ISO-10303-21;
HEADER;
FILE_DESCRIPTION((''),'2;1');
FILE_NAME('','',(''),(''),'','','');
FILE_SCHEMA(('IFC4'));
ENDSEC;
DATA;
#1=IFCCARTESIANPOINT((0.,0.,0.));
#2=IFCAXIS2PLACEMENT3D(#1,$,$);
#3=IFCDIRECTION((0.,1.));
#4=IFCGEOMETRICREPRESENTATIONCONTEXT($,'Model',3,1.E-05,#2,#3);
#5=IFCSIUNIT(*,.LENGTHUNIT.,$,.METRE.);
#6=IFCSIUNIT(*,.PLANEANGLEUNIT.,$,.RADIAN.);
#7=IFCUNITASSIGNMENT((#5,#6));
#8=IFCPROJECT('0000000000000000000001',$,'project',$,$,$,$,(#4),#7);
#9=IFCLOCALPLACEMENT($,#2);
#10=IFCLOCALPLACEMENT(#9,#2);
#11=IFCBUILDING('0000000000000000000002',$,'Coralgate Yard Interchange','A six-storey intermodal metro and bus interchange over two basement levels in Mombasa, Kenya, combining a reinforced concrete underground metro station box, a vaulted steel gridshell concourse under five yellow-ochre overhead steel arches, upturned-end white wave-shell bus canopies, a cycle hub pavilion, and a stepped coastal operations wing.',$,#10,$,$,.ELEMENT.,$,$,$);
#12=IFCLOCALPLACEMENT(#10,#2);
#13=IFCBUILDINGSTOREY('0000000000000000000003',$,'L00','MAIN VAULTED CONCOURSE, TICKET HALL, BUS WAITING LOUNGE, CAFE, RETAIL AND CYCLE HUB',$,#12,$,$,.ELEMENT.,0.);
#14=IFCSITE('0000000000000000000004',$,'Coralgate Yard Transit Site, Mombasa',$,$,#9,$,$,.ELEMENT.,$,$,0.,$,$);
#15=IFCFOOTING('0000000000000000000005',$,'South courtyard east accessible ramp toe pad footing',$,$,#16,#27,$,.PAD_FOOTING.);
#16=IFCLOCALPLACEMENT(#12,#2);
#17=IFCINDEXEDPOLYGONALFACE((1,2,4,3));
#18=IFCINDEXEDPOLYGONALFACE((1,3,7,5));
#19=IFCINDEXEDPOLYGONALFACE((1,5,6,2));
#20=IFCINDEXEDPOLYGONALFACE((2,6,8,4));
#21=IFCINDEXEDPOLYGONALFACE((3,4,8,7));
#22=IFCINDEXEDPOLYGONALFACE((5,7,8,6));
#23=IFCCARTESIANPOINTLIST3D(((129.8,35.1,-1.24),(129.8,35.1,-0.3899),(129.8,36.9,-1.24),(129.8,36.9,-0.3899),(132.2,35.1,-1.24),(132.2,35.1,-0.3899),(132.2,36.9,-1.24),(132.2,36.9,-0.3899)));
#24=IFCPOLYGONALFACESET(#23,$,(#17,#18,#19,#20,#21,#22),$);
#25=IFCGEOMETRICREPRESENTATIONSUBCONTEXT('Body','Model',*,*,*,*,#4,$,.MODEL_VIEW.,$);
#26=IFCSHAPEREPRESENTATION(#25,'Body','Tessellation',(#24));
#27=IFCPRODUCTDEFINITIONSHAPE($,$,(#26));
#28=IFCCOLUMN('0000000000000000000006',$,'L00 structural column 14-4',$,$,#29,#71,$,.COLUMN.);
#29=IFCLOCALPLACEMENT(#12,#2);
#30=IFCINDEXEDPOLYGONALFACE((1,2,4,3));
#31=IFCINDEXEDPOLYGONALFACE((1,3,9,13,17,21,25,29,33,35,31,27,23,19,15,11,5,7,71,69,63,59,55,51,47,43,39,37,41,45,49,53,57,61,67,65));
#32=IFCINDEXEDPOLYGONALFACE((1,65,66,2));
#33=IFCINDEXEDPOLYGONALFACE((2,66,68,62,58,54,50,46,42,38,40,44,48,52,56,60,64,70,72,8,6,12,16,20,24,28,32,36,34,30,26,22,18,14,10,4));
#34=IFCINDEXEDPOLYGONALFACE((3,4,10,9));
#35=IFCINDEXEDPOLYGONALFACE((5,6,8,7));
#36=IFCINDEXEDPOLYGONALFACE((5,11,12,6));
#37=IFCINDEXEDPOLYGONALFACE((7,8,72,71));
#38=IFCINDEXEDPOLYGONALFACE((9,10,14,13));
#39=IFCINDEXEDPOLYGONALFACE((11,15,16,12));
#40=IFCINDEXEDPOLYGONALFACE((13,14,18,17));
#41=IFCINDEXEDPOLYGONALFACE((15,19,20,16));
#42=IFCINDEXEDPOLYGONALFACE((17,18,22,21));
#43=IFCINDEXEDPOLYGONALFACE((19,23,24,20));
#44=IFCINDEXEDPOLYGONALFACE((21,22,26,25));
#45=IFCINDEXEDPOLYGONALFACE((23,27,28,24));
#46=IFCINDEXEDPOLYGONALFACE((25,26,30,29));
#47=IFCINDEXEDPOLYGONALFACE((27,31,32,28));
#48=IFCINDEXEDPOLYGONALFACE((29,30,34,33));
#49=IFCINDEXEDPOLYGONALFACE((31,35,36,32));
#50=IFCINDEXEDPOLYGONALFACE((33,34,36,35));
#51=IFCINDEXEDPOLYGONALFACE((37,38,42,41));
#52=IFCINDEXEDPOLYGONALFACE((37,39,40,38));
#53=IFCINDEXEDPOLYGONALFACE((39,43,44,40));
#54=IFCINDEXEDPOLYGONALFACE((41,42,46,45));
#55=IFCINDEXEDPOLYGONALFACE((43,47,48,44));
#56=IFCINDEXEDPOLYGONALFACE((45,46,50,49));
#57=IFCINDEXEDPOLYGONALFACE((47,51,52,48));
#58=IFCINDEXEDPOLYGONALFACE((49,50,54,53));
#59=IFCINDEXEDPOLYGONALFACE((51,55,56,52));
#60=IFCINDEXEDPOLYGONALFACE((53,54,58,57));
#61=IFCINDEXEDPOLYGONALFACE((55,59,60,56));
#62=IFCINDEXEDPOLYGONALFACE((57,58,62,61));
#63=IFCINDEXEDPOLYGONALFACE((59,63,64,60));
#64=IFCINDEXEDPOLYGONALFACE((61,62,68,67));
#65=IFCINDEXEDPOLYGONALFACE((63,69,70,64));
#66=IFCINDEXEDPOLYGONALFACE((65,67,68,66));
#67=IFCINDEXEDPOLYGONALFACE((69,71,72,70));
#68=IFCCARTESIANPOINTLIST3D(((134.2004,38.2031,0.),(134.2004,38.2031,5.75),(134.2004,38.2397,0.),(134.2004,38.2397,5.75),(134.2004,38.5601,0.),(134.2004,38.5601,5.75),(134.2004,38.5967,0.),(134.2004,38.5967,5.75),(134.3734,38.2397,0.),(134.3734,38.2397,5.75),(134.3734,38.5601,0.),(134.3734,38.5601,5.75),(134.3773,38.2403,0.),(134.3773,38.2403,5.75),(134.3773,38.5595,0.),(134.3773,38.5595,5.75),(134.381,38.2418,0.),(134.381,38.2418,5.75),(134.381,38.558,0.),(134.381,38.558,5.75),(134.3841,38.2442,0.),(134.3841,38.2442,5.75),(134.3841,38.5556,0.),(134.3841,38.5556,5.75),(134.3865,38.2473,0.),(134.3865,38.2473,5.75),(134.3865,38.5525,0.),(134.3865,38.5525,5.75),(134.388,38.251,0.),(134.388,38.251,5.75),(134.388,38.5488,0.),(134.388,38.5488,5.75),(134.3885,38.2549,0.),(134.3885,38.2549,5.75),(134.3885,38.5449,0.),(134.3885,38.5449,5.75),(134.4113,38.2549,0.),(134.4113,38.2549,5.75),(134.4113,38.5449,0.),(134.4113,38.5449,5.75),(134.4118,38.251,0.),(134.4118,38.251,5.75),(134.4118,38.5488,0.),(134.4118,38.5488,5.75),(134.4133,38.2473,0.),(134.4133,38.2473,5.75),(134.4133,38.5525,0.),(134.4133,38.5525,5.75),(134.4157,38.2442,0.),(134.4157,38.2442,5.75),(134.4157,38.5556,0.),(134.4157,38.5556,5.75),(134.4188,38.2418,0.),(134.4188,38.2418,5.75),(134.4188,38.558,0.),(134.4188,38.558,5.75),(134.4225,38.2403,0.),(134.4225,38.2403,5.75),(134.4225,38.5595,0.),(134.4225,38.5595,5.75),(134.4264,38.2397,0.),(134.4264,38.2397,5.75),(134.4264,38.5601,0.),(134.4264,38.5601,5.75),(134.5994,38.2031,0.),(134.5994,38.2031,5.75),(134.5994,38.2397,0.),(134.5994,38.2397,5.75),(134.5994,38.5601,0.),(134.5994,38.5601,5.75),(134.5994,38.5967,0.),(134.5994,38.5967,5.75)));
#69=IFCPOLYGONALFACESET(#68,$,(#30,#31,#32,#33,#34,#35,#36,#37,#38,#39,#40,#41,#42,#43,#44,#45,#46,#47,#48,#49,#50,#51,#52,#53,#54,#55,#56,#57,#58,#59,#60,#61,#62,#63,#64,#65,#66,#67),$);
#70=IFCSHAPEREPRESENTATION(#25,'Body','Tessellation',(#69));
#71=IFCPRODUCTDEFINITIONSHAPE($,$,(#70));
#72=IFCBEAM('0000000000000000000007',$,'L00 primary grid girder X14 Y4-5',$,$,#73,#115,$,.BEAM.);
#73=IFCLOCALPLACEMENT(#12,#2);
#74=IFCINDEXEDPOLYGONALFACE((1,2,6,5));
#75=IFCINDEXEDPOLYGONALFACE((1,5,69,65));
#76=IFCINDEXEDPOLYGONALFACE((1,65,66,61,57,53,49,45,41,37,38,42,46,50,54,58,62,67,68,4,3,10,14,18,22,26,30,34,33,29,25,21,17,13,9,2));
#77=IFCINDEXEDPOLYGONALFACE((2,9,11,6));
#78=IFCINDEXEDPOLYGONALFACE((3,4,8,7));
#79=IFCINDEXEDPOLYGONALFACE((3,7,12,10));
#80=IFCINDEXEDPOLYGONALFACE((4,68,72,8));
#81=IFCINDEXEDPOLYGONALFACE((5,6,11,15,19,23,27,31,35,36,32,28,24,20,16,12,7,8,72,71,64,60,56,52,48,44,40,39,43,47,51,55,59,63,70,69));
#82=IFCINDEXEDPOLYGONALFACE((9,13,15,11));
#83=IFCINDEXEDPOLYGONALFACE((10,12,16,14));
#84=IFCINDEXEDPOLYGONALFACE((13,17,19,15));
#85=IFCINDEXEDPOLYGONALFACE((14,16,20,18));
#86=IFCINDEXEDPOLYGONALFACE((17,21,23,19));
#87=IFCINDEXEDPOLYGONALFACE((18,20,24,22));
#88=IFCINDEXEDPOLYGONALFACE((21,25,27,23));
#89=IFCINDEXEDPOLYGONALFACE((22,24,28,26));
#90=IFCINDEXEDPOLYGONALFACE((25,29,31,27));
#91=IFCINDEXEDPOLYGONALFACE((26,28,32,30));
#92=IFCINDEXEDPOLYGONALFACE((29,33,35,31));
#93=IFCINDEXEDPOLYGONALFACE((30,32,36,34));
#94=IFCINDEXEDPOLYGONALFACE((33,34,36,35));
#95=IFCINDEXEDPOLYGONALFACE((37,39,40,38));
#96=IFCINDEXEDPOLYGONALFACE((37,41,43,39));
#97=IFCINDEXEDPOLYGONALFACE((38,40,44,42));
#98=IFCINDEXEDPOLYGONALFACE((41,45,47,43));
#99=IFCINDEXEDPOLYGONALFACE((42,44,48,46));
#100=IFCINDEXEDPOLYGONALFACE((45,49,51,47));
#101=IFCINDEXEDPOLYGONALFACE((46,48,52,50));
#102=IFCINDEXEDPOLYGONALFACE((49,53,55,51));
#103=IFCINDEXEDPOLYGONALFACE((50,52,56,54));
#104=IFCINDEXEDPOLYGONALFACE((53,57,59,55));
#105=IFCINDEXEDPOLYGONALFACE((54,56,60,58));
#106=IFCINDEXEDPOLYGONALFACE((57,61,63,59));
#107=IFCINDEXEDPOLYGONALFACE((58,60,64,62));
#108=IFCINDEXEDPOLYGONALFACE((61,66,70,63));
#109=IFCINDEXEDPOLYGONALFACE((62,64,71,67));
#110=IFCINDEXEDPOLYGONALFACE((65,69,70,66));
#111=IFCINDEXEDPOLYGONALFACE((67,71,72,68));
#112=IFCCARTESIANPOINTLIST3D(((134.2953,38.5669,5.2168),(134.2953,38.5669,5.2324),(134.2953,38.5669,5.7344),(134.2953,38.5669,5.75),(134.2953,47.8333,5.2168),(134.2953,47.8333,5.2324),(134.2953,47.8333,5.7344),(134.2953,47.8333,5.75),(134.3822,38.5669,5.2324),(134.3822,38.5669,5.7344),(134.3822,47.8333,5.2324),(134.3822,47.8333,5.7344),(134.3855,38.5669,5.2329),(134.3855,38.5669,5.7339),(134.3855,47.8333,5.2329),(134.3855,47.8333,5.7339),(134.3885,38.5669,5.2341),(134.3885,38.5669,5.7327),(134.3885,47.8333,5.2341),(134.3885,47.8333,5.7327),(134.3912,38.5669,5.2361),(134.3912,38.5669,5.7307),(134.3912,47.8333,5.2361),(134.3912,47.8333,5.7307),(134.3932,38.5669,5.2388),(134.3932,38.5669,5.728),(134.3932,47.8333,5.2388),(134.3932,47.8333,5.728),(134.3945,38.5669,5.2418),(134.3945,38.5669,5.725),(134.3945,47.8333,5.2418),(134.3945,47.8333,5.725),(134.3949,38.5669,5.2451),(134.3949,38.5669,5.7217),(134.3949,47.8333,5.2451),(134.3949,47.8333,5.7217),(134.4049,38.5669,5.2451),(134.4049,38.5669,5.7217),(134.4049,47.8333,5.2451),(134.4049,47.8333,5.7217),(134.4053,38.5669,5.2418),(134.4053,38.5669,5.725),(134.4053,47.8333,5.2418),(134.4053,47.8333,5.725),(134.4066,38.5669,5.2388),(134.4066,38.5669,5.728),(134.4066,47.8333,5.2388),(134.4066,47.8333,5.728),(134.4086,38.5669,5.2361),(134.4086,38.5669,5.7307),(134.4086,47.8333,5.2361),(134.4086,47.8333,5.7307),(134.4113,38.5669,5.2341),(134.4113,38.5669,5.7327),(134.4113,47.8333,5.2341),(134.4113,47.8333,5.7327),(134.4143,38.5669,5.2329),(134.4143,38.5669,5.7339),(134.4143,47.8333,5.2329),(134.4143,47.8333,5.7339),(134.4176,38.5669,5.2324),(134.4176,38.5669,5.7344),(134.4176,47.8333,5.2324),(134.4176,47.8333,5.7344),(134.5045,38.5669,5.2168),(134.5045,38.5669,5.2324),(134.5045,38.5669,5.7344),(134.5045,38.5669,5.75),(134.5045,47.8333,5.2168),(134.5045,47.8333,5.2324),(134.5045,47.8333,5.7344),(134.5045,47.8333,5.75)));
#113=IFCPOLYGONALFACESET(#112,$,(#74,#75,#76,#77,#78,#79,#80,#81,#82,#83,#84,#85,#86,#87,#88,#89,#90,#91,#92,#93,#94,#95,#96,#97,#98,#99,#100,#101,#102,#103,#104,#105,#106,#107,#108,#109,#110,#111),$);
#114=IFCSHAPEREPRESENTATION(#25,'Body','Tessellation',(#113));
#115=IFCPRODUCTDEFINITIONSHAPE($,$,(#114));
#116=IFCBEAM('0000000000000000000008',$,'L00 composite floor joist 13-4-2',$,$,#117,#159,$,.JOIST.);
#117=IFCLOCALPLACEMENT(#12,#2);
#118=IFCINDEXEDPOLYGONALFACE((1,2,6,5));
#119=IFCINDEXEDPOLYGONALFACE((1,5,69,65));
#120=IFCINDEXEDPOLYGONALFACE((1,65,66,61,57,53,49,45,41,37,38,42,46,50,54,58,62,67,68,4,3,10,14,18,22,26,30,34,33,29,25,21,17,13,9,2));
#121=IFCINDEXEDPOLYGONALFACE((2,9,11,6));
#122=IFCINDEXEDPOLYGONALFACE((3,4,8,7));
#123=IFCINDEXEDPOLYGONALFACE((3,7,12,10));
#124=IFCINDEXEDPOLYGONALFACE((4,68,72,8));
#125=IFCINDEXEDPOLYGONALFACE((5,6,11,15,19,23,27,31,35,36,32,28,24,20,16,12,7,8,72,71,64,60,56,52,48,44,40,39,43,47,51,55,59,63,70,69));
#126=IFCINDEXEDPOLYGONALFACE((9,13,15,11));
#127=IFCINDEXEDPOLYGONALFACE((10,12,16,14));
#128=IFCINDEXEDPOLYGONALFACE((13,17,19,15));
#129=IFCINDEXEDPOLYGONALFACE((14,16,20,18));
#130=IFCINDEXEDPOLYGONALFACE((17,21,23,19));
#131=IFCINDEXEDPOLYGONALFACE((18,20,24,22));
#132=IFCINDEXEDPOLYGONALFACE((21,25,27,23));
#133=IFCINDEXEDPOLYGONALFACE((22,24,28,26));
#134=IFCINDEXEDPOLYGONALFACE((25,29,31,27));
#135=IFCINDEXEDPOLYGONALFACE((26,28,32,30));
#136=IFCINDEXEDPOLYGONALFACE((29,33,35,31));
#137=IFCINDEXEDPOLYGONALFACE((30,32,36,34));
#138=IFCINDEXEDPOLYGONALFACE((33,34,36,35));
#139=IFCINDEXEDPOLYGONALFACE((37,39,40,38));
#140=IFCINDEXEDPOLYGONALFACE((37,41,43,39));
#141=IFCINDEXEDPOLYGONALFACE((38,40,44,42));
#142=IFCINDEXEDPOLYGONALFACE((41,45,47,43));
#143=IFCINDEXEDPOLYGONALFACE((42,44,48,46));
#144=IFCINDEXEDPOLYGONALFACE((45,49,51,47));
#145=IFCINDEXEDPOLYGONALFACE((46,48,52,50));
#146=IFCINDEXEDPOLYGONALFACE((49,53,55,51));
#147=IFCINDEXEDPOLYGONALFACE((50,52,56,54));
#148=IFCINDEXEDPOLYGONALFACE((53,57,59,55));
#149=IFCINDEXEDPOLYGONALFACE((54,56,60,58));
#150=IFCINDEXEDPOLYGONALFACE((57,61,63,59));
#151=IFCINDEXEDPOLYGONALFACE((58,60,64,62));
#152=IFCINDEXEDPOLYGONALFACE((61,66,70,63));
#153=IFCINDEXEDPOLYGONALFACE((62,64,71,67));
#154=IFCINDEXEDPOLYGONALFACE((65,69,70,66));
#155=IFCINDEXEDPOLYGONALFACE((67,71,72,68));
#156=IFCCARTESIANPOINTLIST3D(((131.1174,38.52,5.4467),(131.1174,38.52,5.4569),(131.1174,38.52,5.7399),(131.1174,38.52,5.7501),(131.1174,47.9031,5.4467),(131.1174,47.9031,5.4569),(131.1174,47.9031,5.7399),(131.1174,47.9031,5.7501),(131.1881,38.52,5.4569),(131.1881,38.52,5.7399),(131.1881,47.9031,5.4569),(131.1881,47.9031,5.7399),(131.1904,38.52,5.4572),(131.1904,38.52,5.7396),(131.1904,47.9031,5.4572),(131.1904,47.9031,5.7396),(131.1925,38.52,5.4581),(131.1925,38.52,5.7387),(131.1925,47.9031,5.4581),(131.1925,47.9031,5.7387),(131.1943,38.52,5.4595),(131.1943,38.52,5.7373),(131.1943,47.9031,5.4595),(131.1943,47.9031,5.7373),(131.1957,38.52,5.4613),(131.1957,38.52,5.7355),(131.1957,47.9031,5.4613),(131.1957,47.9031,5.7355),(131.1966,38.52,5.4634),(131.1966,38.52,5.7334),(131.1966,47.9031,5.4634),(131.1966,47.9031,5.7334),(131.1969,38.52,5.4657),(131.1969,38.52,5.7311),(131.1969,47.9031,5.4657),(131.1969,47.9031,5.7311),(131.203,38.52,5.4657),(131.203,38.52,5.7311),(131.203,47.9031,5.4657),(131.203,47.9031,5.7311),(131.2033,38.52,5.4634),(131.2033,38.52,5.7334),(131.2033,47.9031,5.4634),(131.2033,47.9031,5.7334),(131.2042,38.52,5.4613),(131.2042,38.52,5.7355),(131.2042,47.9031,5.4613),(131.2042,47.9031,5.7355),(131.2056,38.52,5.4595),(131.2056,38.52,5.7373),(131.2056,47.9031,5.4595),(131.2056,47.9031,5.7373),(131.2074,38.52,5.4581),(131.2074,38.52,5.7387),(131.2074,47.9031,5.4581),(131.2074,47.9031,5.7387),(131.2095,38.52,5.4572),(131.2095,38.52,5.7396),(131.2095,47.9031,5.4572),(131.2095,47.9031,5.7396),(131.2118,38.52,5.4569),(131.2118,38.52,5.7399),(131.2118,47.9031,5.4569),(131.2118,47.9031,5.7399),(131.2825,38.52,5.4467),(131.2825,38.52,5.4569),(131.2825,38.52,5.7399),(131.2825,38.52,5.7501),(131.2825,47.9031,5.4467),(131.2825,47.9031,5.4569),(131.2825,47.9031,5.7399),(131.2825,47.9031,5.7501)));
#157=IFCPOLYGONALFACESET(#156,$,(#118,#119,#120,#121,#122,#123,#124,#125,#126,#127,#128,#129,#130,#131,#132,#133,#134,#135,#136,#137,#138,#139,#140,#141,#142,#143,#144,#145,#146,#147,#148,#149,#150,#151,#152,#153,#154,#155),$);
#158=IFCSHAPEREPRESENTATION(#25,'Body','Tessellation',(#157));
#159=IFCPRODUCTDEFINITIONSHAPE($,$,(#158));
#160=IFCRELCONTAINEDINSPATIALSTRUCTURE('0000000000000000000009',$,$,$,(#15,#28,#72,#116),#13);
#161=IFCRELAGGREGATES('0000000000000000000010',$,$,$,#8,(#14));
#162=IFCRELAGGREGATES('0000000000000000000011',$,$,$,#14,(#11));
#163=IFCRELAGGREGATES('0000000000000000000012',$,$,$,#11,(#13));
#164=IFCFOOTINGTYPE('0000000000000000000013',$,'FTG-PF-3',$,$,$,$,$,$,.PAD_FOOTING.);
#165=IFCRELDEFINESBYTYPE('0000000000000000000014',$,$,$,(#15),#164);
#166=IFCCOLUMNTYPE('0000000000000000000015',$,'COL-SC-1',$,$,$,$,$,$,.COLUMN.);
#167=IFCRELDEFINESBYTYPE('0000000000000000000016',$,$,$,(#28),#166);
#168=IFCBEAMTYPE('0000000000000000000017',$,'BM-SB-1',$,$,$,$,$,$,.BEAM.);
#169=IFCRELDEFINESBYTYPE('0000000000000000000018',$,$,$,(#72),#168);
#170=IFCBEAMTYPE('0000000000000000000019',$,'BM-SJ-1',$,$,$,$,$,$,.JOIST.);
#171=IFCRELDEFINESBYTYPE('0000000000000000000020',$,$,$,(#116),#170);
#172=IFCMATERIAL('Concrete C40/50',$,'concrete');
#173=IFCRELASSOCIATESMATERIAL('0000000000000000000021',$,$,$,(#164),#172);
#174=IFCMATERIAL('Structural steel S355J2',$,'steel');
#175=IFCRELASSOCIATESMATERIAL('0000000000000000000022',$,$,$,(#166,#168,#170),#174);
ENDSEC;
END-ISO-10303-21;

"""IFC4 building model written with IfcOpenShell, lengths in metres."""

from ifc_helpers import new_model, si_unit, direction, frame, origin, origin_2d, place, context, subcontext, project, spatial, rectangle, i_section, extrude, material, material_profile, profile_set, type_object, element, save


model = new_model("IFC4")

# Units and contexts
model_context = context("Model", 3, precision=1e-05, world=origin(), true_north=direction((0.0, 1.0)))
body_context = subcontext(model_context, "Body", "Model", "MODEL_VIEW")
ifc_project = project(units=[si_unit("LENGTHUNIT", "METRE"), si_unit("PLANEANGLEUNIT", "RADIAN")], contexts=[model_context])

# Site, building, storey
site_placement = place(None, origin())
site = spatial("IfcSite", under=ifc_project, at=site_placement, Name="Coralgate Yard Transit Site, Mombasa", CompositionType="ELEMENT", RefElevation=0.0)
building_placement = place(site_placement, origin())
building = spatial("IfcBuilding", under=site, at=building_placement, Name="Coralgate Yard Interchange", Description="A six-storey intermodal metro and bus interchange over two basement levels in Mombasa, Kenya, combining a reinforced concrete underground metro station box, a vaulted steel gridshell concourse under five yellow-ochre overhead steel arches, upturned-end white wave-shell bus canopies, a cycle hub pavilion, and a stepped coastal operations wing.", CompositionType="ELEMENT")
storey_placement = place(building_placement, origin())
storey = spatial("IfcBuildingStorey", under=building, at=storey_placement, Name="L00", Description="MAIN VAULTED CONCOURSE, TICKET HALL, BUS WAITING LOUNGE, CAFE, RETAIL AND CYCLE HUB", CompositionType="ELEMENT", Elevation=0.0)

# Footing
ifc_material_1 = material(Name="Concrete C40/50", Category="concrete")
footing_type = type_object("IfcFootingType", Name="FTG-PF-3", PredefinedType="PAD_FOOTING", material=ifc_material_1)
footing_placement = place(storey_placement, frame((131.0, 36.0, -1.24), z_axis=(0.0, 0.0, 1.0), x_axis=(1.0, 0.0, 0.0)))
element("IfcFooting", 1, at=footing_placement, inside=storey, type_object=footing_type, Name="South courtyard east accessible ramp toe pad footing", PredefinedType="PAD_FOOTING", context=body_context, shape_type="SweptSolid", body=[
    extrude(rectangle(XDim=2.3999, YDim=1.8, at=origin_2d()), origin(), (0.0, 0.0, 1.0), 0.8501),
])

# Column
ifc_material_2 = material(Name="Structural steel S355J2", Category="steel")
ifc_material_profile_1 = material_profile(ifc_material_2, i_section(OverallWidth=0.3989, OverallDepth=0.3936, WebThickness=0.0227, FlangeThickness=0.0366, FilletRadius=0.0151, at=origin_2d()), Name="UC 356x406x287")
ifc_profile_set_1 = profile_set([ifc_material_profile_1], Name="Structural steel S355J2")
column_type = type_object("IfcColumnType", Name="COL-SC-1", PredefinedType="COLUMN", material=ifc_profile_set_1)
column_placement = place(storey_placement, frame((134.3999, 38.3999, 0.0), z_axis=(0.0, 0.0, 1.0), x_axis=(1.0, 0.0, 0.0)))
element("IfcColumn", 2, at=column_placement, inside=storey, type_object=column_type, Name="L00 structural column 14-4", PredefinedType="COLUMN", context=body_context, shape_type="SweptSolid", body=[
    extrude(i_section(OverallWidth=0.3989, OverallDepth=0.3936, WebThickness=0.0227, FlangeThickness=0.0366, FilletRadius=0.0151, at=origin_2d()), origin(), (0.0, 0.0, 1.0), 5.75),
])

# Beams
ifc_material_profile_2 = material_profile(ifc_material_2, i_section(OverallWidth=0.2092, OverallDepth=0.5332, WebThickness=0.01, FlangeThickness=0.0156, FilletRadius=0.0127, at=origin_2d()), Name="UB 533x210x92")
ifc_profile_set_2 = profile_set([ifc_material_profile_2], Name="Structural steel S355J2")
beam_type_1 = type_object("IfcBeamType", Name="BM-SB-1", PredefinedType="BEAM", material=ifc_profile_set_2)
beam_1_placement = place(storey_placement, frame((134.3999, 38.5669, 5.4834), z_axis=(0.0, 1.0, 0.0), x_axis=(-1.0, 0.0, 0.0)))
element("IfcBeam", 3, at=beam_1_placement, inside=storey, type_object=beam_type_1, Name="L00 primary grid girder X14 Y4-5", PredefinedType="BEAM", context=body_context, shape_type="SweptSolid", body=[
    extrude(i_section(OverallWidth=0.2092, OverallDepth=0.5332, WebThickness=0.01, FlangeThickness=0.0156, FilletRadius=0.0127, at=origin_2d()), origin(), (0.0, 0.0, 1.0), 9.2664),
])
ifc_material_profile_3 = material_profile(ifc_material_2, i_section(OverallWidth=0.165, OverallDepth=0.3035, WebThickness=0.0061, FlangeThickness=0.0103, FilletRadius=0.0088, at=origin_2d()), Name="UB 305x165x40")
ifc_profile_set_3 = profile_set([ifc_material_profile_3], Name="Structural steel S355J2")
beam_type_2 = type_object("IfcBeamType", Name="BM-SJ-1", PredefinedType="JOIST", material=ifc_profile_set_3)
for number, where, z_axis, x_axis, name in (
    (4, (131.2, 38.52, 5.5984), (0.0, 1.0, 0.0), (-1.0, 0.0, 0.0), "L00 composite floor joist 13-4-2"),
):
    element("IfcBeam", number, at=place(storey_placement, frame(where, z_axis=z_axis, x_axis=x_axis)), inside=storey, type_object=beam_type_2, Name=name, PredefinedType="JOIST", context=body_context, shape_type="SweptSolid", body=[
        extrude(i_section(OverallWidth=0.165, OverallDepth=0.3035, WebThickness=0.0061, FlangeThickness=0.0103, FilletRadius=0.0088, at=origin_2d()), origin(), (0.0, 0.0, 1.0), 9.3831),
    ])

save(model, "model.ifc")
